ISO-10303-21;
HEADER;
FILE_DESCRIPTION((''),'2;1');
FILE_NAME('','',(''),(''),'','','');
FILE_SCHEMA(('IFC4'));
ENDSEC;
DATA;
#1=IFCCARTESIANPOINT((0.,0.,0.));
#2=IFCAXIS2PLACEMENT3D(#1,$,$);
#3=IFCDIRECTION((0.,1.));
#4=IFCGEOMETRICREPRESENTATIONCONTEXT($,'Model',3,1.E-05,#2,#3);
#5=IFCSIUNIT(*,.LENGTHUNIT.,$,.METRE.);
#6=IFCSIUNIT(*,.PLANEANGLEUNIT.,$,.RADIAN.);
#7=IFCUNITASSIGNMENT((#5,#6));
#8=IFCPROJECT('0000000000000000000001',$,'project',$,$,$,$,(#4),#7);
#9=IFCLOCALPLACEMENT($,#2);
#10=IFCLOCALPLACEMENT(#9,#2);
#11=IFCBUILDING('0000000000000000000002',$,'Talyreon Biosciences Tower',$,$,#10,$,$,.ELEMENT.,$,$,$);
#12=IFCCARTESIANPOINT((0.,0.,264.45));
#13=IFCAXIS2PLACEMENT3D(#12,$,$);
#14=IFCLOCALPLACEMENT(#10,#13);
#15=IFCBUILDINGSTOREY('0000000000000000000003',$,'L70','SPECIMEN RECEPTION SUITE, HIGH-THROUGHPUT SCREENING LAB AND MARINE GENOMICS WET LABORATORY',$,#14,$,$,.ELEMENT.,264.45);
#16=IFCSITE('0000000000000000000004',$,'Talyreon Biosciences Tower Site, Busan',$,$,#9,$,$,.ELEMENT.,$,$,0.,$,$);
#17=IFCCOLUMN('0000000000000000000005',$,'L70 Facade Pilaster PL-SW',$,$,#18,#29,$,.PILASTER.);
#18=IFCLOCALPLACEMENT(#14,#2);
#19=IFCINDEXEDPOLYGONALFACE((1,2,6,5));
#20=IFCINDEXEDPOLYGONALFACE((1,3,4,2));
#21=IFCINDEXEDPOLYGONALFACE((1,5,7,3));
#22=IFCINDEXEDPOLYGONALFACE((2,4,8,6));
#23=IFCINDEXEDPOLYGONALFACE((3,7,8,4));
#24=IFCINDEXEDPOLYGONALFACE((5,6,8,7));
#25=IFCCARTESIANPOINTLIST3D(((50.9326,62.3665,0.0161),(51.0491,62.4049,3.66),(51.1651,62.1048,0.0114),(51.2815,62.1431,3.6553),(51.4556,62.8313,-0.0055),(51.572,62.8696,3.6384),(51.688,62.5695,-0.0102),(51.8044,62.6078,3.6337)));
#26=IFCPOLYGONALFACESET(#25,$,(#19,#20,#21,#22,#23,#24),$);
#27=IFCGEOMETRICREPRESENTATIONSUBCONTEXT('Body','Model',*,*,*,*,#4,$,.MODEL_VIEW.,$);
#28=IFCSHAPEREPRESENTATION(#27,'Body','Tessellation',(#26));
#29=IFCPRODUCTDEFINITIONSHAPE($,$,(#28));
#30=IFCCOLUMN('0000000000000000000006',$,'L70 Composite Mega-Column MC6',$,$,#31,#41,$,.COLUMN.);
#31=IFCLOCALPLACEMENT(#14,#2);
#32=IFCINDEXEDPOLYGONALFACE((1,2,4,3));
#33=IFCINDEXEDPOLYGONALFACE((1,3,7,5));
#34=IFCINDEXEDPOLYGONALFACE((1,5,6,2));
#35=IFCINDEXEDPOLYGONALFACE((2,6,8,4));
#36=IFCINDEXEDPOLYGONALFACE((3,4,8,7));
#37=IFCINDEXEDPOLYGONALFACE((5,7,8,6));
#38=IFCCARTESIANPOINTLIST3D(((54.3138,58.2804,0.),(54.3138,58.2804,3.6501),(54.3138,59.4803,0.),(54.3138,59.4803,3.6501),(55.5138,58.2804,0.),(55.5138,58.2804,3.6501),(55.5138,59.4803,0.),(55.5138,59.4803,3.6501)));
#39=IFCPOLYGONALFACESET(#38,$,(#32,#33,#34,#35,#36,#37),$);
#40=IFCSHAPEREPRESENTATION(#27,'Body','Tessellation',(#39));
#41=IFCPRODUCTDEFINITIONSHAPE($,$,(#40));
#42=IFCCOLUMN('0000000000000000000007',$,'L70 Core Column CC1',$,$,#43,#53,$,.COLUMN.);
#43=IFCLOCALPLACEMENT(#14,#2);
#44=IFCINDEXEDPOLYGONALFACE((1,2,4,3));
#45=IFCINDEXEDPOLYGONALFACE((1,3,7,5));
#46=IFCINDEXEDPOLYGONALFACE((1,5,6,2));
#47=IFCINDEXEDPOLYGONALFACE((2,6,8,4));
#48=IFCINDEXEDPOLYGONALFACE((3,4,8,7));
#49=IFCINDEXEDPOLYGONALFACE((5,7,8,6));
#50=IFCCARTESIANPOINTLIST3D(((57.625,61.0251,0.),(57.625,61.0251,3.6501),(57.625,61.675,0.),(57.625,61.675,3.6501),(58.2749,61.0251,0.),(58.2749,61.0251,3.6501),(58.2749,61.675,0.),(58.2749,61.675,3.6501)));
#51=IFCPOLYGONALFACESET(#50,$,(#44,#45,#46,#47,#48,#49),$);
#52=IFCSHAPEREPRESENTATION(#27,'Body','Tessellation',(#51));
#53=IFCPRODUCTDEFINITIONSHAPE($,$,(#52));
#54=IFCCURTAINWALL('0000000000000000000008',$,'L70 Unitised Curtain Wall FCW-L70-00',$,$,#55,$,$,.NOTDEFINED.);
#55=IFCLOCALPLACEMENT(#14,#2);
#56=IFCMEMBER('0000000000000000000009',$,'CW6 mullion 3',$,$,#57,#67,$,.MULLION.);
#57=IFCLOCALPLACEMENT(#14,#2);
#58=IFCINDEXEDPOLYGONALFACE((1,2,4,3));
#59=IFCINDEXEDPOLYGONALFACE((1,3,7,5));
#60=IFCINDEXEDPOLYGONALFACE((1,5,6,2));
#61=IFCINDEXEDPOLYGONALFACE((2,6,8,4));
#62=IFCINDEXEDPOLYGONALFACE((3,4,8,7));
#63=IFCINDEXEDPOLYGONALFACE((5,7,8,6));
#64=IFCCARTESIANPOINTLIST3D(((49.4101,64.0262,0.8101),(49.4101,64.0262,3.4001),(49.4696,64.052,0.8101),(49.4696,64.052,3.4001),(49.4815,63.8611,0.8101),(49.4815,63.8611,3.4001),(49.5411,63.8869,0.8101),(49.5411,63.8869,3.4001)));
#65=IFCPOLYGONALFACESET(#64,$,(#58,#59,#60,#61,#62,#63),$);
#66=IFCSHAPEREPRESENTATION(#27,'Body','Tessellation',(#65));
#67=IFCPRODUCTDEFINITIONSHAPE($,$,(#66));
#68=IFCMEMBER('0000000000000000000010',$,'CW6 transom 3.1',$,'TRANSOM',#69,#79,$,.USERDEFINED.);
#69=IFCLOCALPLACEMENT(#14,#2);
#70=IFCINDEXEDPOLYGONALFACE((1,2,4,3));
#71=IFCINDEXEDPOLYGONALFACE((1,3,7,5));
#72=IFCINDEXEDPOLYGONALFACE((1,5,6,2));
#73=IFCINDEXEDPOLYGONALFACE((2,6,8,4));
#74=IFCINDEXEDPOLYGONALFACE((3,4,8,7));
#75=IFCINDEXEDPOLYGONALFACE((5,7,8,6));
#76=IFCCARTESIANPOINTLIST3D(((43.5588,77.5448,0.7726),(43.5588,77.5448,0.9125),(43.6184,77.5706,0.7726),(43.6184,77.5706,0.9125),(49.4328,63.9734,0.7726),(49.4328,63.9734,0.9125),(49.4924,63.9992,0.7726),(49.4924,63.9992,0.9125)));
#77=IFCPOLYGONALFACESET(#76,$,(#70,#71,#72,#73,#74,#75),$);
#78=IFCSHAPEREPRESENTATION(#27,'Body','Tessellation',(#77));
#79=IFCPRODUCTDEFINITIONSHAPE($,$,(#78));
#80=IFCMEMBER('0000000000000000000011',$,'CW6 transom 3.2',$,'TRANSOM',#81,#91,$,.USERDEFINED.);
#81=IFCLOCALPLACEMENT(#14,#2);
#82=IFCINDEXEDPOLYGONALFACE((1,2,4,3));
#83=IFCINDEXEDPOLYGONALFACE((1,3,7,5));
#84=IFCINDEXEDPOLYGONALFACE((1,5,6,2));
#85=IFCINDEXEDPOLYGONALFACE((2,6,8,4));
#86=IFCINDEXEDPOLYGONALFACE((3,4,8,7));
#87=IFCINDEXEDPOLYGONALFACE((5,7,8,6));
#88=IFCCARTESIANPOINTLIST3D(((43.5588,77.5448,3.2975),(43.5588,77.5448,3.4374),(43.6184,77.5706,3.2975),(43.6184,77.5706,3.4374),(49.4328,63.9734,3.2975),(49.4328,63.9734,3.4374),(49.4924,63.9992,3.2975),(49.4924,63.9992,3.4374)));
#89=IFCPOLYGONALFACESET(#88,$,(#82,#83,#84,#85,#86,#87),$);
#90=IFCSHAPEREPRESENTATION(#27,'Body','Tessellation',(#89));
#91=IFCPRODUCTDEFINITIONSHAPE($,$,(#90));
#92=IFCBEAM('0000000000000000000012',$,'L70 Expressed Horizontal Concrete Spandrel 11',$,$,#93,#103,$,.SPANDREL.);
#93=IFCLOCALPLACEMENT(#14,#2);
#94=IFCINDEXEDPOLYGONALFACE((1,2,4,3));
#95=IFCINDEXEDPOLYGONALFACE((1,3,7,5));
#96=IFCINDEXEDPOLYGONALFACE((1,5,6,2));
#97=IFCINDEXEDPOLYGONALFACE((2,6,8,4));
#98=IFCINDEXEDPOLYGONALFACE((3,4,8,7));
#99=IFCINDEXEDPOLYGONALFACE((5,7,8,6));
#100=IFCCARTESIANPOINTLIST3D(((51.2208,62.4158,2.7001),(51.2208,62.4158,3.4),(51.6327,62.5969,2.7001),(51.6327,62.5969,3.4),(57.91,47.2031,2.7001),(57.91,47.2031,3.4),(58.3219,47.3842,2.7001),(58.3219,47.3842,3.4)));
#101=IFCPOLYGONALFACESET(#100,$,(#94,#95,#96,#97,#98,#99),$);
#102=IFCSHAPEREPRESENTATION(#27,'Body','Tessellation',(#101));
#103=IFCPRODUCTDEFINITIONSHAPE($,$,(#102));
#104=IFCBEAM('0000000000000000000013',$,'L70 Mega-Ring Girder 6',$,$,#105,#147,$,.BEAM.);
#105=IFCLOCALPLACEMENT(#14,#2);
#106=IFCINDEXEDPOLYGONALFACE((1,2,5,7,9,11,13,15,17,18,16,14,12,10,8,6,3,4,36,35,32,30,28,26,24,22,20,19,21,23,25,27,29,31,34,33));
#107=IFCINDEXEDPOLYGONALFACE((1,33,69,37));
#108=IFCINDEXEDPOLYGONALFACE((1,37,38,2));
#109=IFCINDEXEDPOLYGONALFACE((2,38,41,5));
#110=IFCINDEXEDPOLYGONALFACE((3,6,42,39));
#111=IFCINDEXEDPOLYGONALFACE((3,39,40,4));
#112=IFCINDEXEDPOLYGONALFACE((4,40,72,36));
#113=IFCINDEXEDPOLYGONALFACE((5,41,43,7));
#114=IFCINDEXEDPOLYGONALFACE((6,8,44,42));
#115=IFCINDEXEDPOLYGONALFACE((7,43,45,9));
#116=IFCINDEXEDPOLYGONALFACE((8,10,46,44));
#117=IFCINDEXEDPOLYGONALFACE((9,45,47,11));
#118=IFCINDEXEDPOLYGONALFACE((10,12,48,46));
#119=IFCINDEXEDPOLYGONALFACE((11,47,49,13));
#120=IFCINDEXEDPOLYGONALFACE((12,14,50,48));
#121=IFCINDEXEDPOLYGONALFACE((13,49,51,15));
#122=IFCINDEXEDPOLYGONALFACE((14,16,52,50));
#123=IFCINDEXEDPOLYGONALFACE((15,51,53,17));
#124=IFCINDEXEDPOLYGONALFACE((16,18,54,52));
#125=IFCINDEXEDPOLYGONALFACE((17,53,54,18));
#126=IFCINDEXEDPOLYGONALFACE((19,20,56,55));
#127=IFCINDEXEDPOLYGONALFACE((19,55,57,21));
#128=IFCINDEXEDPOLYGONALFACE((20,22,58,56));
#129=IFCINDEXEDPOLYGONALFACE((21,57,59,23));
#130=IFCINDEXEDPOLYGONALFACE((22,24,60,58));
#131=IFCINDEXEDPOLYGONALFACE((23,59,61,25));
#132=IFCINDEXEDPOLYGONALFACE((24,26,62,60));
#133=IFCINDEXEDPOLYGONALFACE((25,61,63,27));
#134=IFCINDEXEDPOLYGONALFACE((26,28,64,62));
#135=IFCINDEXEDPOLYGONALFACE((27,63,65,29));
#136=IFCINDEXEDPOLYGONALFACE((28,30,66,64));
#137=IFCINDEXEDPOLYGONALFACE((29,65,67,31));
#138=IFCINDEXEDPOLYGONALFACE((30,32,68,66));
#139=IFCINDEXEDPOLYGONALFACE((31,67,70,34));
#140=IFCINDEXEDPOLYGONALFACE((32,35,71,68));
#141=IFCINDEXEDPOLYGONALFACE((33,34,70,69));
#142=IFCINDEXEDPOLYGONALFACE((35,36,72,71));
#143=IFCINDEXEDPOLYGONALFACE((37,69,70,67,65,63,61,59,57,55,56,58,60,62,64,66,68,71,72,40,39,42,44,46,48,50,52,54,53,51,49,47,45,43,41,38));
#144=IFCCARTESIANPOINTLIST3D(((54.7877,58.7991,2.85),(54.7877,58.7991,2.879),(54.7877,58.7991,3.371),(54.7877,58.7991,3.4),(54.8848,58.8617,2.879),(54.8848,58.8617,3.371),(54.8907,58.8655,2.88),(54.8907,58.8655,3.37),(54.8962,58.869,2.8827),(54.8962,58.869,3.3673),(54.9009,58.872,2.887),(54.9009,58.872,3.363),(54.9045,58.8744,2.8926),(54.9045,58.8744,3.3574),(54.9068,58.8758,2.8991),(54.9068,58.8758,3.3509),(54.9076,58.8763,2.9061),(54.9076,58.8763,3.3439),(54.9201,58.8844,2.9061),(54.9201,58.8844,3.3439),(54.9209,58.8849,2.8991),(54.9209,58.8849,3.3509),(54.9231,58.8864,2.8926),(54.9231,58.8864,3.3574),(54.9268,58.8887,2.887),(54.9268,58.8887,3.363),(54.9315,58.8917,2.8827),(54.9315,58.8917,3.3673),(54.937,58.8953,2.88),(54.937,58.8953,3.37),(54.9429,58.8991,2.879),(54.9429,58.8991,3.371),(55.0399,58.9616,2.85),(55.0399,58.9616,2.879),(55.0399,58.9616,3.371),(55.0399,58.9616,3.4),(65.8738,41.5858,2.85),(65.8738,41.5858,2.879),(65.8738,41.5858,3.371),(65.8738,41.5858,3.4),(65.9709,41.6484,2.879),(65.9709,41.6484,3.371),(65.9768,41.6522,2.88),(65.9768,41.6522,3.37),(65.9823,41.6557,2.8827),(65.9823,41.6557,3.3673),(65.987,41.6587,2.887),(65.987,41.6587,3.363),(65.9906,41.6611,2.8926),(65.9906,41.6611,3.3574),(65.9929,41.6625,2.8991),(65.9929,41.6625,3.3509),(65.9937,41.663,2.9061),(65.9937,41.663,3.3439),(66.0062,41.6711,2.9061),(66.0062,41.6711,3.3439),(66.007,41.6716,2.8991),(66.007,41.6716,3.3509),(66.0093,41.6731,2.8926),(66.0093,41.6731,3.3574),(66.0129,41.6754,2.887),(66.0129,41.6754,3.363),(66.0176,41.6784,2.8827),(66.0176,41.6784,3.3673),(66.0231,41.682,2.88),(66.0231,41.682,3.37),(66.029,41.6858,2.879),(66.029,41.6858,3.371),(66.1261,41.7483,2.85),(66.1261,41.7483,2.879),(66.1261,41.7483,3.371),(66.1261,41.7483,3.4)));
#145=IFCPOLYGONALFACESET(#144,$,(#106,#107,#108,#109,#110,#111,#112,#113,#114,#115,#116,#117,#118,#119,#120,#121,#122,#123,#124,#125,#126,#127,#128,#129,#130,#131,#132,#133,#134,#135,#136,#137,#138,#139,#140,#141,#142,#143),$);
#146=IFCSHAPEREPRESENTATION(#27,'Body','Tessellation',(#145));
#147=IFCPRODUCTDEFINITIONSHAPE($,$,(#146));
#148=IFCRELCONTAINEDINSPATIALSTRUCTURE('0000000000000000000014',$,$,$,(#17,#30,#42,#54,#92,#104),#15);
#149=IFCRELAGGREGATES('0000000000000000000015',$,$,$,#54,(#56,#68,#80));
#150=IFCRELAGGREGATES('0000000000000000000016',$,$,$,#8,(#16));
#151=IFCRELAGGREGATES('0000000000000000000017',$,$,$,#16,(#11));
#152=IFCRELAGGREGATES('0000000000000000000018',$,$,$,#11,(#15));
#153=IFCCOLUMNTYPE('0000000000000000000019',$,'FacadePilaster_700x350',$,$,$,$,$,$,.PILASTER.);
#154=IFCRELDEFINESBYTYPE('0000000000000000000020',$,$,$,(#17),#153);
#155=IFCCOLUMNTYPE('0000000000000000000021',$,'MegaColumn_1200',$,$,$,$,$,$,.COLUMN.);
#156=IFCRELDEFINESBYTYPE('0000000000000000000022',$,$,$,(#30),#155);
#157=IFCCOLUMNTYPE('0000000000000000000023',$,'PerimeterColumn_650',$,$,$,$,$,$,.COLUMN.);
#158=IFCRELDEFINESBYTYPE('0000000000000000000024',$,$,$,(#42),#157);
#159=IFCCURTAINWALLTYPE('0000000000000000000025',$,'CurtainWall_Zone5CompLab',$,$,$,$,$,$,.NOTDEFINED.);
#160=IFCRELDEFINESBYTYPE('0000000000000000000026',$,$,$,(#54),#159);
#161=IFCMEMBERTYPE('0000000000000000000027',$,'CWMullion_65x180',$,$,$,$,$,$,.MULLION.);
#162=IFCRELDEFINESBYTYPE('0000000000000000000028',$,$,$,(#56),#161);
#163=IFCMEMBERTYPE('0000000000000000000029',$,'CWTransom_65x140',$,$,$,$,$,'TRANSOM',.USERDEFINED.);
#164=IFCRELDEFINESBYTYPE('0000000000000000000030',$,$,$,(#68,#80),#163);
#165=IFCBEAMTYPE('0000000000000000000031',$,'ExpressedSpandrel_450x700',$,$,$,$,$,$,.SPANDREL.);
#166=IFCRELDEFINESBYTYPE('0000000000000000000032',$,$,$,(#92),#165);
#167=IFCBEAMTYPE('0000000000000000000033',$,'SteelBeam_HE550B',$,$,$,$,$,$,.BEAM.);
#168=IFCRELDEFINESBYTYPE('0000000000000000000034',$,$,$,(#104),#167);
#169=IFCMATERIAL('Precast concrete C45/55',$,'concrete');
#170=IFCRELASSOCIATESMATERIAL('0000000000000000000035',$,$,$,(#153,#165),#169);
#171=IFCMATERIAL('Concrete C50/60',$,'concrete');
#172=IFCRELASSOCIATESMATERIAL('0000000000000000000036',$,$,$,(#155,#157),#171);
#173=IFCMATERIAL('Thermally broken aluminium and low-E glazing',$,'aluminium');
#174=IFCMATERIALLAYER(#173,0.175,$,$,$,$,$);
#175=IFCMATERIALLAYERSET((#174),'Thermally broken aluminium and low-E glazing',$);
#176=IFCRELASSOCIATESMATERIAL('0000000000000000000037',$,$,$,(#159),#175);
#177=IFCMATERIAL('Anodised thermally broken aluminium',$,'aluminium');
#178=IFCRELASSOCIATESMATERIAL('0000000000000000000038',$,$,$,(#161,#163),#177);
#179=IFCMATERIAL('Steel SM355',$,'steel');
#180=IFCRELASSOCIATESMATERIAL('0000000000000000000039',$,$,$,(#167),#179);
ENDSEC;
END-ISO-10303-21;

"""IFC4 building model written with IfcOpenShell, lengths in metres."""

from ifc_helpers import new_model, si_unit, direction, frame, origin, origin_2d, place, context, subcontext, project, spatial, rectangle, i_section, extrude, material, layer, layer_set, material_profile, profile_set, type_object, element, aggregate, save


model = new_model("IFC4")

# Units and contexts
model_context = context("Model", 3, precision=1e-05, world=origin(), true_north=direction((0.0, 1.0)))
body_context = subcontext(model_context, "Body", "Model", "MODEL_VIEW")
ifc_project = project(units=[si_unit("LENGTHUNIT", "METRE"), si_unit("PLANEANGLEUNIT", "RADIAN")], contexts=[model_context])

# Site, building, storey
site_placement = place(None, origin())
site = spatial("IfcSite", under=ifc_project, at=site_placement, Name="Talyreon Biosciences Tower Site, Busan", CompositionType="ELEMENT", RefElevation=0.0)
building_placement = place(site_placement, origin())
building = spatial("IfcBuilding", under=site, at=building_placement, Name="Talyreon Biosciences Tower", CompositionType="ELEMENT")
storey_placement = place(building_placement, frame((0.0, 0.0, 264.45)))
storey = spatial("IfcBuildingStorey", under=building, at=storey_placement, Name="L70", Description="SPECIMEN RECEPTION SUITE, HIGH-THROUGHPUT SCREENING LAB AND MARINE GENOMICS WET LABORATORY", CompositionType="ELEMENT", Elevation=264.45)

# Columns
ifc_material_1 = material(Name="Precast concrete C45/55", Category="concrete")
ifc_material_profile_1 = material_profile(ifc_material_1, rectangle(XDim=0.7, YDim=0.3501, at=origin_2d()), Name="RC 700x350")
ifc_profile_set_1 = profile_set([ifc_material_profile_1], Name="Precast concrete C45/55")
column_type_1 = type_object("IfcColumnType", Name="FacadePilaster_700x350", PredefinedType="PILASTER", material=ifc_profile_set_1)
column_1_placement = place(storey_placement, frame((51.3103, 62.468, 0.0029), z_axis=(0.03194, 0.010513, 0.999435), x_axis=(0.747114, 0.663979, -0.03086)))
element("IfcColumn", 1, at=column_1_placement, inside=storey, type_object=column_type_1, Name="L70 Facade Pilaster PL-SW", PredefinedType="PILASTER", context=body_context, shape_type="SweptSolid", body=[
    extrude(rectangle(XDim=0.7, YDim=0.3501, at=origin_2d()), origin(), (0.0, 0.0, 1.0), 3.646),
])
ifc_material_2 = material(Name="Concrete C50/60", Category="concrete")
ifc_material_profile_2 = material_profile(ifc_material_2, rectangle(XDim=1.2, YDim=1.2, at=origin_2d()), Name="RC 1200x1200")
ifc_profile_set_2 = profile_set([ifc_material_profile_2], Name="Concrete C50/60")
column_type_2 = type_object("IfcColumnType", Name="MegaColumn_1200", PredefinedType="COLUMN", material=ifc_profile_set_2)
column_2_placement = place(storey_placement, frame((54.9138, 58.8804, 0.0), z_axis=(0.0, 0.0, 1.0), x_axis=(1.0, 0.0, 0.0)))
element("IfcColumn", 2, at=column_2_placement, inside=storey, type_object=column_type_2, Name="L70 Composite Mega-Column MC6", PredefinedType="COLUMN", context=body_context, shape_type="SweptSolid", body=[
    extrude(rectangle(XDim=1.2, YDim=1.2, at=origin_2d()), origin(), (0.0, 0.0, 1.0), 3.6501),
])
ifc_material_profile_3 = material_profile(ifc_material_2, rectangle(XDim=0.6499, YDim=0.6499, at=origin_2d()), Name="RC 650x650")
ifc_profile_set_3 = profile_set([ifc_material_profile_3], Name="Concrete C50/60")
column_type_3 = type_object("IfcColumnType", Name="PerimeterColumn_650", PredefinedType="COLUMN", material=ifc_profile_set_3)
column_3_placement = place(storey_placement, frame((57.95, 61.3501, 0.0), z_axis=(0.0, 0.0, 1.0), x_axis=(1.0, 0.0, 0.0)))
element("IfcColumn", 3, at=column_3_placement, inside=storey, type_object=column_type_3, Name="L70 Core Column CC1", PredefinedType="COLUMN", context=body_context, shape_type="SweptSolid", body=[
    extrude(rectangle(XDim=0.6499, YDim=0.6499, at=origin_2d()), origin(), (0.0, 0.0, 1.0), 3.6501),
])

# Curtain wall, members
ifc_material_3 = material(Name="Thermally broken aluminium and low-E glazing", Category="aluminium")
ifc_layer_1 = layer(ifc_material_3, 0.175)
ifc_layer_set_1 = layer_set([ifc_layer_1], Name="Thermally broken aluminium and low-E glazing")
curtain_wall_type = type_object("IfcCurtainWallType", Name="CurtainWall_Zone5CompLab", PredefinedType="NOTDEFINED", material=ifc_layer_set_1)
curtain_wall_placement = place(storey_placement, origin())
curtain_wall = element("IfcCurtainWall", 4, at=curtain_wall_placement, inside=storey, type_object=curtain_wall_type, Name="L70 Unitised Curtain Wall FCW-L70-00", PredefinedType="NOTDEFINED")
ifc_material_4 = material(Name="Anodised thermally broken aluminium", Category="aluminium")
ifc_material_profile_4 = material_profile(ifc_material_4, rectangle(XDim=0.0649, YDim=0.1799, at=origin_2d()), Name="ALUM MULLION 65x180")
ifc_profile_set_4 = profile_set([ifc_material_profile_4], Name="Anodised thermally broken aluminium")
member_type_1 = type_object("IfcMemberType", Name="CWMullion_65x180", PredefinedType="MULLION", material=ifc_profile_set_4)
member_1_placement = place(storey_placement, frame((49.4756, 63.9565, 0.8101), z_axis=(0.0, 0.0, 1.0), x_axis=(-0.917723, -0.397221, 0.0)))
member_1 = element("IfcMember", 5, at=member_1_placement, type_object=member_type_1, Name="CW6 mullion 3", PredefinedType="MULLION", context=body_context, shape_type="SweptSolid", body=[
    extrude(rectangle(XDim=0.0649, YDim=0.1799, at=origin_2d()), origin(), (0.0, 0.0, 1.0), 2.5901),
])
ifc_material_profile_5 = material_profile(ifc_material_4, rectangle(XDim=0.0649, YDim=0.1399, at=origin_2d()), Name="ALUM TRANSOM 65x140")
ifc_profile_set_5 = profile_set([ifc_material_profile_5], Name="Anodised thermally broken aluminium")
member_type_2 = type_object("IfcMemberType", Name="CWTransom_65x140", ElementType="TRANSOM", PredefinedType="USERDEFINED", material=ifc_profile_set_5)
member_2_placement = place(storey_placement, frame((49.4626, 63.9863, 0.8425), z_axis=(-0.397216, 0.917725, 0.0), x_axis=(-0.917725, -0.397216, 0.0)))
member_2 = element("IfcMember", 6, at=member_2_placement, type_object=member_type_2, Name="CW6 transom 3.1", ObjectType="TRANSOM", PredefinedType="USERDEFINED", context=body_context, shape_type="SweptSolid", body=[
    extrude(rectangle(XDim=0.0649, YDim=0.1399, at=origin_2d()), origin(), (0.0, 0.0, 1.0), 14.7881),
])
member_3_placement = place(storey_placement, frame((49.4626, 63.9863, 3.3674), z_axis=(-0.397216, 0.917725, 0.0), x_axis=(-0.917725, -0.397216, 0.0)))
member_3 = element("IfcMember", 7, at=member_3_placement, type_object=member_type_2, Name="CW6 transom 3.2", ObjectType="TRANSOM", PredefinedType="USERDEFINED", context=body_context, shape_type="SweptSolid", body=[
    extrude(rectangle(XDim=0.0649, YDim=0.1399, at=origin_2d()), origin(), (0.0, 0.0, 1.0), 14.7881),
])
aggregate(curtain_wall, [member_1, member_2, member_3])

# Beams
ifc_material_profile_6 = material_profile(ifc_material_1, rectangle(XDim=0.45, YDim=0.7, at=origin_2d()), Name="RCB 450x700")
ifc_profile_set_6 = profile_set([ifc_material_profile_6], Name="Precast concrete C45/55")
beam_type_1 = type_object("IfcBeamType", Name="ExpressedSpandrel_450x700", PredefinedType="SPANDREL", material=ifc_profile_set_6)
beam_1_placement = place(storey_placement, frame((51.4268, 62.5063, 3.05), z_axis=(0.402519, -0.915412, 0.0), x_axis=(0.915412, 0.402519, 0.0)))
element("IfcBeam", 8, at=beam_1_placement, inside=storey, type_object=beam_type_1, Name="L70 Expressed Horizontal Concrete Spandrel 11", PredefinedType="SPANDREL", context=body_context, shape_type="SweptSolid", body=[
    extrude(rectangle(XDim=0.45, YDim=0.7, at=origin_2d()), origin(), (0.0, 0.0, 1.0), 16.6184),
])
ifc_material_5 = material(Name="Steel SM355", Category="steel")
ifc_material_profile_7 = material_profile(ifc_material_5, i_section(OverallWidth=0.3, OverallDepth=0.55, WebThickness=0.0149, FlangeThickness=0.0291, FilletRadius=0.0271, at=origin_2d()), Name="HE550B")
ifc_profile_set_7 = profile_set([ifc_material_profile_7], Name="Steel SM355")
beam_type_2 = type_object("IfcBeamType", Name="SteelBeam_HE550B", PredefinedType="BEAM", material=ifc_profile_set_7)
beam_2_placement = place(storey_placement, frame((54.9138, 58.8804, 3.125), z_axis=(0.541464, -0.840724, 0.0), x_axis=(0.840724, 0.541464, 0.0)))
element("IfcBeam", 9, at=beam_2_placement, inside=storey, type_object=beam_type_2, Name="L70 Mega-Ring Girder 6", PredefinedType="BEAM", context=body_context, shape_type="SweptSolid", body=[
    extrude(i_section(OverallWidth=0.3, OverallDepth=0.55, WebThickness=0.0149, FlangeThickness=0.0291, FilletRadius=0.0271, at=origin_2d()), origin(), (0.0, 0.0, 1.0), 20.4744),
])

save(model, "model.ifc")
